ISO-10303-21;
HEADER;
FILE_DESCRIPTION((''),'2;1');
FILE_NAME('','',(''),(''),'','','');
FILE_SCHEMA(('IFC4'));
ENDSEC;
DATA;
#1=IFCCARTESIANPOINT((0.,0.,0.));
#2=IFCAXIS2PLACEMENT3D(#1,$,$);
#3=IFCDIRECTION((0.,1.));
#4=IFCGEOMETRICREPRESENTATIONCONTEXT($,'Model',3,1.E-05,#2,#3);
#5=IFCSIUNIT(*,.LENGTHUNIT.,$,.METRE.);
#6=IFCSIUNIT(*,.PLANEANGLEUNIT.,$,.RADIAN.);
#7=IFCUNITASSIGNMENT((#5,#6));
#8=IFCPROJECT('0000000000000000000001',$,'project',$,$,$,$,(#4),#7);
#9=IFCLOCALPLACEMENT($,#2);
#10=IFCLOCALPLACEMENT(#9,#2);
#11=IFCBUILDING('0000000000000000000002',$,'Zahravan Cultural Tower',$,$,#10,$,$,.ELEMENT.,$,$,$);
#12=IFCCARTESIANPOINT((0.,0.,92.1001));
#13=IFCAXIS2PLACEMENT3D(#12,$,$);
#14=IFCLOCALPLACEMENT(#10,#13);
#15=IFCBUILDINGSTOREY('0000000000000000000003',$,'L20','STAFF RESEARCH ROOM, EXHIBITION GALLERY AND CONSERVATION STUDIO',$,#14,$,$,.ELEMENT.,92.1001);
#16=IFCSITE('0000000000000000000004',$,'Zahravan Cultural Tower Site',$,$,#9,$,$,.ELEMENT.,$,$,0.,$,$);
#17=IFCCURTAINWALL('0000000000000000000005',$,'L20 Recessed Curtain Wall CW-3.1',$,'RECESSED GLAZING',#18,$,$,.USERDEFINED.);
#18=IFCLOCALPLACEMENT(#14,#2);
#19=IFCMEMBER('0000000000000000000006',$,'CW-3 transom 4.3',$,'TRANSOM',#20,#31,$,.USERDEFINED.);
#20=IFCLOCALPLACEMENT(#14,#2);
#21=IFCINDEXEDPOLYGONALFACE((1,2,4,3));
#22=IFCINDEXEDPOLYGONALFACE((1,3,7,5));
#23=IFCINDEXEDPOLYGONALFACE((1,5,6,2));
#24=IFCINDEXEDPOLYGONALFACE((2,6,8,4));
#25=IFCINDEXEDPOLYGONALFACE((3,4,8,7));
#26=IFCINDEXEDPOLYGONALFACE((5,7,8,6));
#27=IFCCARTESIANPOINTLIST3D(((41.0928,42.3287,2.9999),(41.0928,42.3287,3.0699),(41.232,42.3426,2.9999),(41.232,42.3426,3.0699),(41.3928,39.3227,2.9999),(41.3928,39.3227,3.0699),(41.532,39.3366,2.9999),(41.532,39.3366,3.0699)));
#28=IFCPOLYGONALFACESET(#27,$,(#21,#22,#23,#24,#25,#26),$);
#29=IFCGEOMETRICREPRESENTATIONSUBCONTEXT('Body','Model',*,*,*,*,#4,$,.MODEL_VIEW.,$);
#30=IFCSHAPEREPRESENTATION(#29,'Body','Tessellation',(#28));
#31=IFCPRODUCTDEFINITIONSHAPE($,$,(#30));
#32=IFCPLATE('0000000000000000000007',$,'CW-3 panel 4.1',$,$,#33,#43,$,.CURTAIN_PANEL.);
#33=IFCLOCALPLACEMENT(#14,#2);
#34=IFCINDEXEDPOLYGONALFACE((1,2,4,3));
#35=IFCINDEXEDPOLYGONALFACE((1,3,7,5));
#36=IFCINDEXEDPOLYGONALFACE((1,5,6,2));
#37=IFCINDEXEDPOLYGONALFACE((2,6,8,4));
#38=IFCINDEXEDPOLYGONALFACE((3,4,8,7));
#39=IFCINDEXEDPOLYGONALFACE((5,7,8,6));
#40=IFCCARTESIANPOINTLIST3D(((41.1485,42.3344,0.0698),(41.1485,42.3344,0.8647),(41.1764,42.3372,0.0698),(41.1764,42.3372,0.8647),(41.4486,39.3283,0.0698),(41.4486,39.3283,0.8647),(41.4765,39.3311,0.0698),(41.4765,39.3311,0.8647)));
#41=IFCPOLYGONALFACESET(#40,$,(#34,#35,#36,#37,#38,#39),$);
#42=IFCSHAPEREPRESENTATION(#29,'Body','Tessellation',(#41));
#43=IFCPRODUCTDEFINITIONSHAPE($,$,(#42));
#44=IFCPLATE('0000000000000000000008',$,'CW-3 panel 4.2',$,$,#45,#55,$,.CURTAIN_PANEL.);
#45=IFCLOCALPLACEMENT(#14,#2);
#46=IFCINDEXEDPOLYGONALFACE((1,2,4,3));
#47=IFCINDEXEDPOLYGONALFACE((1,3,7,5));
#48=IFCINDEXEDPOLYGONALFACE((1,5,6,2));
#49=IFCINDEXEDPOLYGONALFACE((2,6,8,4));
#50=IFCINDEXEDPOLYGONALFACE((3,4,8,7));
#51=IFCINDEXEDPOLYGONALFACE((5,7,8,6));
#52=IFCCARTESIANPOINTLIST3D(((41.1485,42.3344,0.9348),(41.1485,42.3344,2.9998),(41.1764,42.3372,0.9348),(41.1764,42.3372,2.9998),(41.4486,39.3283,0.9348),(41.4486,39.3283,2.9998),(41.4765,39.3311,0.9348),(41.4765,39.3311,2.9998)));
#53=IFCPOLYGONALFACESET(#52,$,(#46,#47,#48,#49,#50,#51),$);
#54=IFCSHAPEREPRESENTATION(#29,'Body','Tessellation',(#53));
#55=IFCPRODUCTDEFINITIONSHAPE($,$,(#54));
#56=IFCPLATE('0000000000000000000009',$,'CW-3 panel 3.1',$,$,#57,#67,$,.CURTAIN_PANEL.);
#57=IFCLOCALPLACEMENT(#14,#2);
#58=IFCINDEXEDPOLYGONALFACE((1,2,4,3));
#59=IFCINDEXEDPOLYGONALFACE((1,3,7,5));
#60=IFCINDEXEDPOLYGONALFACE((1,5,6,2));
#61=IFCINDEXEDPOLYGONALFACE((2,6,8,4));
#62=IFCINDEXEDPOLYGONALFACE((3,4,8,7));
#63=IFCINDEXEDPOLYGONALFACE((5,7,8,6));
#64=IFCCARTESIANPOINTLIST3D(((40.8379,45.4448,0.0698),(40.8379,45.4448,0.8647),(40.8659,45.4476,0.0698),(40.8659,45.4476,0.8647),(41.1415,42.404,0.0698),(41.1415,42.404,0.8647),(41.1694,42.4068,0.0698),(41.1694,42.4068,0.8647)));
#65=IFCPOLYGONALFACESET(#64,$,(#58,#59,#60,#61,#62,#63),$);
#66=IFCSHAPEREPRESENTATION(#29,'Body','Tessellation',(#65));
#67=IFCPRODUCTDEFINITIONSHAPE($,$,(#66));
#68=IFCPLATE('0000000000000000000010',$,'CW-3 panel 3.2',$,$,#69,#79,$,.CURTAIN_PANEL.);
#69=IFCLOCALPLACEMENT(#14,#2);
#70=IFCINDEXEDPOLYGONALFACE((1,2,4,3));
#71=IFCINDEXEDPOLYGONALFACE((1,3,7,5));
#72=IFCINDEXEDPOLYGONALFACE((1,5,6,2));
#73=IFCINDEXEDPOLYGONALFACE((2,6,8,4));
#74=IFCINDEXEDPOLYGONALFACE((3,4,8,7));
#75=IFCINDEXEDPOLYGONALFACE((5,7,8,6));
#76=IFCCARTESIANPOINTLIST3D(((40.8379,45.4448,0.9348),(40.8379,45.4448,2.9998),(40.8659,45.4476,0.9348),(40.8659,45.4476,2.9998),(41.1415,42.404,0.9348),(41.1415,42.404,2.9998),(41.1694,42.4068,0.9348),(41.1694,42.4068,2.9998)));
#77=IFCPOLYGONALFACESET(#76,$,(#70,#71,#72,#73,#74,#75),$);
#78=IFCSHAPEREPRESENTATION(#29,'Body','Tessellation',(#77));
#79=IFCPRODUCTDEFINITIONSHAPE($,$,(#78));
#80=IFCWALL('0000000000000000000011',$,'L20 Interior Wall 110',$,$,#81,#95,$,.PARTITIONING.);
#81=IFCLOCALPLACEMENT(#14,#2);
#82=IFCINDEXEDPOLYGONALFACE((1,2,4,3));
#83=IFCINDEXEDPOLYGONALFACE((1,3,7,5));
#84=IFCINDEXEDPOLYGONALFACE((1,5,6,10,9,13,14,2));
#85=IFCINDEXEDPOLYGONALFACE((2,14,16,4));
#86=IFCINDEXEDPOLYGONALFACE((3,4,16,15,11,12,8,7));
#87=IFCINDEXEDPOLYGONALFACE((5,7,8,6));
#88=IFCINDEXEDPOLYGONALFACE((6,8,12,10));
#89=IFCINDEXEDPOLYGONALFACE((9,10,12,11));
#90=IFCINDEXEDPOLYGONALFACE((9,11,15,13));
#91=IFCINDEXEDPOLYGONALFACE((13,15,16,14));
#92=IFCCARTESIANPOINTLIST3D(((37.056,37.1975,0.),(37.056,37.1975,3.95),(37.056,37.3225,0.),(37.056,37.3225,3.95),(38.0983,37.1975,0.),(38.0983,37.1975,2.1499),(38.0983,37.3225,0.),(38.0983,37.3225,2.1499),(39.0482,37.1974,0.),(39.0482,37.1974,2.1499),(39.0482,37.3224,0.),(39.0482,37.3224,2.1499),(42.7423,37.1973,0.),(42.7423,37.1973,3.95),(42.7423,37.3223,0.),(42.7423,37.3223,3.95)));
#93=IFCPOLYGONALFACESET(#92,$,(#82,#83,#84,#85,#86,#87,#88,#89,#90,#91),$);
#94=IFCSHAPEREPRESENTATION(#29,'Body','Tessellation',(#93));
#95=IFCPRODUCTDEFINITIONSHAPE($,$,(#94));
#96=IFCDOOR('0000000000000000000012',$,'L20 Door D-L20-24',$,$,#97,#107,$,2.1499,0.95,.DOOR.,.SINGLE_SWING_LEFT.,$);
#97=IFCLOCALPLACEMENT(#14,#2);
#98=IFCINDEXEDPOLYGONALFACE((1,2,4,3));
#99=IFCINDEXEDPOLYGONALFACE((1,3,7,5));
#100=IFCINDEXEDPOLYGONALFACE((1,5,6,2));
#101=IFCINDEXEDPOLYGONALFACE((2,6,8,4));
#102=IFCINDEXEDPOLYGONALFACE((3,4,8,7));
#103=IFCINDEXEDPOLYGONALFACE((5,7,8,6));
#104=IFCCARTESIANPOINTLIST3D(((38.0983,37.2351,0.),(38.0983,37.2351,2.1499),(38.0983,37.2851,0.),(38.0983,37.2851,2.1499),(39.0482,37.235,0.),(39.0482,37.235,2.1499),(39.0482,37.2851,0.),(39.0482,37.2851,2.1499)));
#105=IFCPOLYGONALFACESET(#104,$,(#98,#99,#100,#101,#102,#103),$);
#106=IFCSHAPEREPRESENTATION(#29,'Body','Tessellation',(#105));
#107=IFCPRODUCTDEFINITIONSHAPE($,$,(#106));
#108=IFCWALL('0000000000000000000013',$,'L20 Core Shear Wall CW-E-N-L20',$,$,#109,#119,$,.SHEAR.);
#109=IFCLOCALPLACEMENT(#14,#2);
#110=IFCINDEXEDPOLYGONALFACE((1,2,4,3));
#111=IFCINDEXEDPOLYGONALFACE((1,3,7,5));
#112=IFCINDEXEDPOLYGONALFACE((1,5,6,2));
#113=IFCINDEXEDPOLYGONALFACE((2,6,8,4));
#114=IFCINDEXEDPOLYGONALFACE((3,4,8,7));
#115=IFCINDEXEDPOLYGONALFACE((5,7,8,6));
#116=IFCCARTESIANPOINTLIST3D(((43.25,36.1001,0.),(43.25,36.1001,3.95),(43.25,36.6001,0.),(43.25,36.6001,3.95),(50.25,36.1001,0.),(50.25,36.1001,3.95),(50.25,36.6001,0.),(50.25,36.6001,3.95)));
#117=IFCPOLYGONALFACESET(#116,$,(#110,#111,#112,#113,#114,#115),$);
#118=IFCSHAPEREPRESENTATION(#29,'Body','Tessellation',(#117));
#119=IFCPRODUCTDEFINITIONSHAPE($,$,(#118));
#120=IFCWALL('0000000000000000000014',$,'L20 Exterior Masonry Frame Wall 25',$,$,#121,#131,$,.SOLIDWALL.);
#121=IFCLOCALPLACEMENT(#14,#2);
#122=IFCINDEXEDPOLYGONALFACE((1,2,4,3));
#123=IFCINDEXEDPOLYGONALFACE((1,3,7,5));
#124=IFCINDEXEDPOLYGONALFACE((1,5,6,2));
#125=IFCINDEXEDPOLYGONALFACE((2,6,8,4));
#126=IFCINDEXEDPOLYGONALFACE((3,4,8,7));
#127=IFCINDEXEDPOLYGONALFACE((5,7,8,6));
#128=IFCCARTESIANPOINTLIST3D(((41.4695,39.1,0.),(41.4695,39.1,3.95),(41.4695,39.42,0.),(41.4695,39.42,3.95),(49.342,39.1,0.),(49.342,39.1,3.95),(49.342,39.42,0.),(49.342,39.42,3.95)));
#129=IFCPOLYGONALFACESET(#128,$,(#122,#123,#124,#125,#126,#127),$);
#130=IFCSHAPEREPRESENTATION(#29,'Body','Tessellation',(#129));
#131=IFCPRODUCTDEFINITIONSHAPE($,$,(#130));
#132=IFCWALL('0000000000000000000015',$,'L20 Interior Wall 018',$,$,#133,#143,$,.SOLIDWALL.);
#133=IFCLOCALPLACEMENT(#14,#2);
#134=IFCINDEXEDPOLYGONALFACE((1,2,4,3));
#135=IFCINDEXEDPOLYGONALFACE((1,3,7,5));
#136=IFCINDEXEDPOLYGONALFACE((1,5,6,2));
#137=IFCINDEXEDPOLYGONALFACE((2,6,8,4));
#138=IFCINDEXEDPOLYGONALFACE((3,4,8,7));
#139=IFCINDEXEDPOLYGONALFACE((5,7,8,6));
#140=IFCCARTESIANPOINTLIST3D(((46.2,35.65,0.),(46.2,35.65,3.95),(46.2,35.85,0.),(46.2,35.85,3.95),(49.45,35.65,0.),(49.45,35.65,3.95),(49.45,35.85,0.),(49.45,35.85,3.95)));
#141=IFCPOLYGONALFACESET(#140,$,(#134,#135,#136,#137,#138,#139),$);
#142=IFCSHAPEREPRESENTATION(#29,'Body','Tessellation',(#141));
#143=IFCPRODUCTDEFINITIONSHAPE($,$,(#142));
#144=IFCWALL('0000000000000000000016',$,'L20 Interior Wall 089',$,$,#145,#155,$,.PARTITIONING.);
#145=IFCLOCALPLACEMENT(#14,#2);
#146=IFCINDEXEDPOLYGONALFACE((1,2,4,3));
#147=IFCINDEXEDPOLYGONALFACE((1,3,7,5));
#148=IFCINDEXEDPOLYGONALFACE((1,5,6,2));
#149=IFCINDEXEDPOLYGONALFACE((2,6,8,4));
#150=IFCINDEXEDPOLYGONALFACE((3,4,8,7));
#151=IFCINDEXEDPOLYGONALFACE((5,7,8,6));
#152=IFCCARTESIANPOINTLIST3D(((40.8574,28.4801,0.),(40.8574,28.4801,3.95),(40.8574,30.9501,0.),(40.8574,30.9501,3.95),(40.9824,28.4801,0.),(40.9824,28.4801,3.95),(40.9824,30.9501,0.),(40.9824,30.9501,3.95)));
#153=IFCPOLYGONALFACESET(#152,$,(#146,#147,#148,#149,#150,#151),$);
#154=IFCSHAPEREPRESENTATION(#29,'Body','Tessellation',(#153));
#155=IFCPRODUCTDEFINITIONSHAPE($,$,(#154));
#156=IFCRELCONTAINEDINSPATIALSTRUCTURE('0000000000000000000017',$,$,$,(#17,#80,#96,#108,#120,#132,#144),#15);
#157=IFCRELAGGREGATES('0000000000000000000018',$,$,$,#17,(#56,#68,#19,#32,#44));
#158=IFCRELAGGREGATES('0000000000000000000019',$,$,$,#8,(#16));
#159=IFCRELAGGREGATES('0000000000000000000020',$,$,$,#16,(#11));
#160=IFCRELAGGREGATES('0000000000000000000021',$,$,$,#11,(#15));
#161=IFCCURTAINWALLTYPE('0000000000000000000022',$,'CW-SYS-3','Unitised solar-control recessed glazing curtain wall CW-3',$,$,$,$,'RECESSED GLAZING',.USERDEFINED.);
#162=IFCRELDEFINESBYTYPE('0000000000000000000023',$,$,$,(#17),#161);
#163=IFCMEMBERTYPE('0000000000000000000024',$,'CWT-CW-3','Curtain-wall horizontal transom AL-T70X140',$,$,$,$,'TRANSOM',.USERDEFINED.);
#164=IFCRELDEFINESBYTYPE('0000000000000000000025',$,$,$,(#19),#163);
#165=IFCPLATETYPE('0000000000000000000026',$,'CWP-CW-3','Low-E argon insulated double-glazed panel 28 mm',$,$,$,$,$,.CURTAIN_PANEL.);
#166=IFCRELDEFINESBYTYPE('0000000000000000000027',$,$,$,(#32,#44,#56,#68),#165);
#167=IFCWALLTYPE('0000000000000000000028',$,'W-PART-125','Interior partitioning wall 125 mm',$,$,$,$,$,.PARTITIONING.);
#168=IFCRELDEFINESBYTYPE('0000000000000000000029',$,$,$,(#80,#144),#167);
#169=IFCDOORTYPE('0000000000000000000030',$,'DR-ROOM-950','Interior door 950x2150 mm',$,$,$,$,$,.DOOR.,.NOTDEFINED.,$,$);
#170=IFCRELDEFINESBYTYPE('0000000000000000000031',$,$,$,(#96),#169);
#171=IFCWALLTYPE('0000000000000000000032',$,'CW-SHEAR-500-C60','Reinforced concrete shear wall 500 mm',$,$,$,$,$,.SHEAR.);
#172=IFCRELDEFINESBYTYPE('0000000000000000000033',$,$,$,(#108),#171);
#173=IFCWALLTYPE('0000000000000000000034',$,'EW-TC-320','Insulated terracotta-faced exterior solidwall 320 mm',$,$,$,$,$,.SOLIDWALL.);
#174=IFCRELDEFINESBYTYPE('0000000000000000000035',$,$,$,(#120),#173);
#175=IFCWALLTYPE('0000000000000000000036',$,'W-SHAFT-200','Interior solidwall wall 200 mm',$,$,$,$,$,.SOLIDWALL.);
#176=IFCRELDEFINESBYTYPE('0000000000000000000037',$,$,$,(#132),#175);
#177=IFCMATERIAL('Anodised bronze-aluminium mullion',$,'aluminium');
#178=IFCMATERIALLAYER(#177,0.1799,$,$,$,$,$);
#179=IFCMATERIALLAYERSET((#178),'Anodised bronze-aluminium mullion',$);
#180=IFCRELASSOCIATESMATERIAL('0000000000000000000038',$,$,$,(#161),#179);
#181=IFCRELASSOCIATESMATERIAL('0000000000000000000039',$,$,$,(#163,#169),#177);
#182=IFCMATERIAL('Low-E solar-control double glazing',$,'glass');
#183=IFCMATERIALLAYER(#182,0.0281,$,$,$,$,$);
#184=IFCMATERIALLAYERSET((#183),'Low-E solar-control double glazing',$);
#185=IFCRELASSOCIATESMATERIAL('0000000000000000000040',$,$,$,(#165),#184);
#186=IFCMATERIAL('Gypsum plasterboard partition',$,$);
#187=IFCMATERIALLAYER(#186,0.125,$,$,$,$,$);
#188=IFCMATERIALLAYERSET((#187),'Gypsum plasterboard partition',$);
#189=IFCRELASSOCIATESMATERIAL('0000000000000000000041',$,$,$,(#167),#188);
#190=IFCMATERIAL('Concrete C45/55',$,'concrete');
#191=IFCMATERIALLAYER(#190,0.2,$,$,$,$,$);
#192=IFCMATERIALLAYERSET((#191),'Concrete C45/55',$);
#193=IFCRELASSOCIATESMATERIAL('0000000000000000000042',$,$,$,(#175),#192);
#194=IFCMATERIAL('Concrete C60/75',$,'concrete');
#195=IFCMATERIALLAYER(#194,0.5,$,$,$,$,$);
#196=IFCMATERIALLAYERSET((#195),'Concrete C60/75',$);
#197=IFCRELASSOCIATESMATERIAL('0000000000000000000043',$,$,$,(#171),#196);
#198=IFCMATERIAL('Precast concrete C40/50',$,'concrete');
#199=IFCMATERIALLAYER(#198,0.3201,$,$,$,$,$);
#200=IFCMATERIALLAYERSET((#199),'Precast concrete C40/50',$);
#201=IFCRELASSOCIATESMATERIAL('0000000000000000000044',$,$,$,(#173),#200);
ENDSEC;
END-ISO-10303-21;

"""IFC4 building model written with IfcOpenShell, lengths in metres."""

from ifc_helpers import new_model, si_unit, direction, frame, frame_2d, origin, origin_2d, place, context, subcontext, project, spatial, rectangle, extrude, source, transform, mapped, material, layer, layer_set, material_profile, profile_set, type_object, element, fill, aggregate, save


model = new_model("IFC4")

# Units and contexts
model_context = context("Model", 3, precision=1e-05, world=origin(), true_north=direction((0.0, 1.0)))
body_context = subcontext(model_context, "Body", "Model", "MODEL_VIEW")
ifc_project = project(units=[si_unit("LENGTHUNIT", "METRE"), si_unit("PLANEANGLEUNIT", "RADIAN")], contexts=[model_context])

# Site, building, storey
site_placement = place(None, origin())
site = spatial("IfcSite", under=ifc_project, at=site_placement, Name="Zahravan Cultural Tower Site", CompositionType="ELEMENT", RefElevation=0.0)
building_placement = place(site_placement, origin())
building = spatial("IfcBuilding", under=site, at=building_placement, Name="Zahravan Cultural Tower", CompositionType="ELEMENT")
storey_placement = place(building_placement, frame((0.0, 0.0, 92.1001)))
storey = spatial("IfcBuildingStorey", under=building, at=storey_placement, Name="L20", Description="STAFF RESEARCH ROOM, EXHIBITION GALLERY AND CONSERVATION STUDIO", CompositionType="ELEMENT", Elevation=92.1001)

# Shared definitions
ifc_material_1 = material(Name="Concrete C60/75", Category="concrete")

# Curtain wall, member, plates
ifc_material_2 = material(Name="Anodised bronze-aluminium mullion", Category="aluminium")
ifc_layer_1 = layer(ifc_material_2, 0.1799)
ifc_layer_set_1 = layer_set([ifc_layer_1], Name="Anodised bronze-aluminium mullion")
curtain_wall_type = type_object("IfcCurtainWallType", Name="CW-SYS-3", Description="Unitised solar-control recessed glazing curtain wall CW-3", ElementType="RECESSED GLAZING", PredefinedType="USERDEFINED", material=ifc_layer_set_1)
curtain_wall_placement = place(storey_placement, origin())
curtain_wall = element("IfcCurtainWall", 1, at=curtain_wall_placement, inside=storey, type_object=curtain_wall_type, Name="L20 Recessed Curtain Wall CW-3.1", ObjectType="RECESSED GLAZING", PredefinedType="USERDEFINED")
ifc_material_profile_1 = material_profile(ifc_material_2, rectangle(XDim=0.1399, YDim=0.0701, at=origin_2d()), Name="AL-T70X140")
ifc_profile_set_1 = profile_set([ifc_material_profile_1], Name="Anodised bronze-aluminium mullion")
member_type_1 = type_object("IfcMemberType", Name="CWT-CW-3", Description="Curtain-wall horizontal transom AL-T70X140", ElementType="TRANSOM", PredefinedType="USERDEFINED", material=ifc_profile_set_1)
shared_shape_1 = source(origin(), body_context, "Body", "SweptSolid", [
    extrude(rectangle(XDim=0.1399, YDim=0.0701, at=origin_2d()), origin(), (0.0, 0.0, 1.0), 3.021),
])
member_1_placement = place(storey_placement, frame((41.1624, 42.3357, 3.0349), z_axis=(0.09932, -0.995056, 0.0), x_axis=(0.995056, 0.09932, 0.0)))
member_1 = element("IfcMember", 2, at=member_1_placement, type_object=member_type_1, Name="CW-3 transom 4.3", ObjectType="TRANSOM", PredefinedType="USERDEFINED", context=body_context, shape_type="MappedRepresentation", body=[
    mapped(shared_shape_1, transform((0.0, 0.0, 0.0), x_axis=(1.0, 0.0, 0.0), y_axis=(0.0, 1.0, 0.0), z_axis=(0.0, 0.0, 1.0), scale=1.0)),
])
ifc_material_3 = material(Name="Low-E solar-control double glazing", Category="glass")
ifc_layer_2 = layer(ifc_material_3, 0.0281)
ifc_layer_set_2 = layer_set([ifc_layer_2], Name="Low-E solar-control double glazing")
plate_type = type_object("IfcPlateType", Name="CWP-CW-3", Description="Low-E argon insulated double-glazed panel 28 mm", PredefinedType="CURTAIN_PANEL", material=ifc_layer_set_2)
shared_shape_2 = source(origin(), body_context, "Body", "SweptSolid", [
    extrude(rectangle(XDim=3.021, YDim=0.0281, at=origin_2d()), origin(), (0.0, 0.0, 1.0), 0.7949),
])
plate_1_placement = place(storey_placement, frame((41.3125, 40.8328, 0.0698), z_axis=(0.0, 0.0, 1.0), x_axis=(0.099322, -0.995055, 0.0)))
plate_1 = element("IfcPlate", 3, at=plate_1_placement, type_object=plate_type, Name="CW-3 panel 4.1", PredefinedType="CURTAIN_PANEL", context=body_context, shape_type="MappedRepresentation", body=[
    mapped(shared_shape_2, transform((0.0, 0.0, 0.0), x_axis=(1.0, 0.0, 0.0), y_axis=(0.0, 1.0, 0.0), z_axis=(0.0, 0.0, 1.0), scale=1.0)),
])
shared_shape_3 = source(origin(), body_context, "Body", "SweptSolid", [
    extrude(rectangle(XDim=3.021, YDim=0.0281, at=origin_2d()), origin(), (0.0, 0.0, 1.0), 2.0649),
])
plate_2_placement = place(storey_placement, frame((41.3125, 40.8328, 0.9348), z_axis=(0.0, 0.0, 1.0), x_axis=(0.099322, -0.995055, 0.0)))
plate_2 = element("IfcPlate", 4, at=plate_2_placement, type_object=plate_type, Name="CW-3 panel 4.2", PredefinedType="CURTAIN_PANEL", context=body_context, shape_type="MappedRepresentation", body=[
    mapped(shared_shape_3, transform((0.0, 0.0, 0.0), x_axis=(1.0, 0.0, 0.0), y_axis=(0.0, 1.0, 0.0), z_axis=(0.0, 0.0, 1.0), scale=1.0)),
])
shared_shape_4 = source(origin(), body_context, "Body", "SweptSolid", [
    extrude(rectangle(XDim=3.0559, YDim=0.0281, at=origin_2d()), origin(), (0.0, 0.0, 1.0), 0.7949),
])
plate_3_placement = place(storey_placement, frame((41.0037, 43.9258, 0.0698), z_axis=(0.0, 0.0, 1.0), x_axis=(0.099322, -0.995055, 0.0)))
plate_3 = element("IfcPlate", 5, at=plate_3_placement, type_object=plate_type, Name="CW-3 panel 3.1", PredefinedType="CURTAIN_PANEL", context=body_context, shape_type="MappedRepresentation", body=[
    mapped(shared_shape_4, transform((0.0, 0.0, 0.0), x_axis=(1.0, 0.0, 0.0), y_axis=(0.0, 1.0, 0.0), z_axis=(0.0, 0.0, 1.0), scale=1.0)),
])
shared_shape_5 = source(origin(), body_context, "Body", "SweptSolid", [
    extrude(rectangle(XDim=3.0559, YDim=0.0281, at=origin_2d()), origin(), (0.0, 0.0, 1.0), 2.0649),
])
plate_4_placement = place(storey_placement, frame((41.0037, 43.9258, 0.9348), z_axis=(0.0, 0.0, 1.0), x_axis=(0.099322, -0.995055, 0.0)))
plate_4 = element("IfcPlate", 6, at=plate_4_placement, type_object=plate_type, Name="CW-3 panel 3.2", PredefinedType="CURTAIN_PANEL", context=body_context, shape_type="MappedRepresentation", body=[
    mapped(shared_shape_5, transform((0.0, 0.0, 0.0), x_axis=(1.0, 0.0, 0.0), y_axis=(0.0, 1.0, 0.0), z_axis=(0.0, 0.0, 1.0), scale=1.0)),
])
aggregate(curtain_wall, [plate_3, plate_4, member_1, plate_1, plate_2])

# Wall, opening, door
ifc_material_4 = material(Name="Gypsum plasterboard partition")
ifc_layer_3 = layer(ifc_material_4, 0.125)
ifc_layer_set_3 = layer_set([ifc_layer_3], Name="Gypsum plasterboard partition")
wall_type_1 = type_object("IfcWallType", Name="W-PART-125", Description="Interior partitioning wall 125 mm", PredefinedType="PARTITIONING", material=ifc_layer_set_3)
door_type_1 = type_object("IfcDoorType", Name="DR-ROOM-950", Description="Interior door 950x2150 mm", OperationType="NOTDEFINED", PredefinedType="DOOR", material=ifc_material_2)
shared_shape_6 = source(origin(), body_context, "Body", "SweptSolid", [
    extrude(rectangle(XDim=0.95, YDim=2.1499, at=frame_2d((0.4751, 1.075))), frame((0.0, 0.0249, 0.0), z_axis=(0.0, -1.0, 0.0), x_axis=(1.0, 0.0, 0.0)), (0.0, 0.0, 1.0), 0.05),
])
wall_1_placement = place(storey_placement, frame((42.7424, 37.2598, 0.0), z_axis=(0.0, 0.0, 1.0), x_axis=(-1.0, 0.000043, 0.0)))
wall_1 = element("IfcWall", 7, at=wall_1_placement, inside=storey, type_object=wall_type_1, Name="L20 Interior Wall 110", PredefinedType="PARTITIONING", context=body_context, shape_type="SweptSolid", body=[
    extrude(rectangle(XDim=5.6863, YDim=0.125, at=frame_2d((2.8433, 0.0))), origin(), (0.0, 0.0, 1.0), 3.95),
])
opening_1_placement = place(wall_1_placement, frame((3.6941, 0.0, 0.0)))
opening_1 = element("IfcOpeningElement", 8, at=opening_1_placement, cuts=wall_1, PredefinedType="OPENING", context=body_context, shape_type="SweptSolid", body=[
    extrude(rectangle(XDim=0.95, YDim=2.1499, at=frame_2d((0.4751, 1.075))), frame((0.0, 0.0725, 0.0), z_axis=(0.0, -1.0, 0.0), x_axis=(1.0, 0.0, 0.0)), (0.0, 0.0, 1.0), 0.145),
])
door_1_placement = place(opening_1_placement, origin())
door_1 = element("IfcDoor", 9, at=door_1_placement, inside=storey, type_object=door_type_1, Name="L20 Door D-L20-24", OperationType="SINGLE_SWING_LEFT", OverallHeight=2.1499, OverallWidth=0.95, PredefinedType="DOOR", context=body_context, shape_type="MappedRepresentation", body=[
    mapped(shared_shape_6, transform((0.0, 0.0, 0.0), x_axis=(1.0, 0.0, 0.0), y_axis=(0.0, 1.0, 0.0), z_axis=(0.0, 0.0, 1.0), scale=1.0)),
])
fill(opening_1, door_1)
ifc_material_5 = material(Name="Concrete C45/55", Category="concrete")
ifc_layer_4 = layer(ifc_material_5, 0.2)
ifc_layer_set_4 = layer_set([ifc_layer_4], Name="Concrete C45/55")
wall_type_2 = type_object("IfcWallType", Name="W-SHAFT-200", Description="Interior solidwall wall 200 mm", PredefinedType="SOLIDWALL", material=ifc_layer_set_4)

# Walls
ifc_layer_5 = layer(ifc_material_1, 0.5)
ifc_layer_set_5 = layer_set([ifc_layer_5], Name="Concrete C60/75")
wall_type_3 = type_object("IfcWallType", Name="CW-SHEAR-500-C60", Description="Reinforced concrete shear wall 500 mm", PredefinedType="SHEAR", material=ifc_layer_set_5)
shared_shape_7 = source(origin(), body_context, "Body", "SweptSolid", [
    extrude(rectangle(XDim=7.0, YDim=0.5, at=frame_2d((3.5, 0.0))), origin(), (0.0, 0.0, 1.0), 3.95),
])
wall_2_placement = place(storey_placement, frame((43.25, 36.3501, 0.0), z_axis=(0.0, 0.0, 1.0), x_axis=(1.0, 0.0, 0.0)))
element("IfcWall", 10, at=wall_2_placement, inside=storey, type_object=wall_type_3, Name="L20 Core Shear Wall CW-E-N-L20", PredefinedType="SHEAR", context=body_context, shape_type="MappedRepresentation", body=[
    mapped(shared_shape_7, transform((0.0, 0.0, 0.0), x_axis=(1.0, 0.0, 0.0), y_axis=(0.0, 1.0, 0.0), z_axis=(0.0, 0.0, 1.0), scale=1.0)),
])
ifc_material_6 = material(Name="Precast concrete C40/50", Category="concrete")
ifc_layer_6 = layer(ifc_material_6, 0.3201)
ifc_layer_set_6 = layer_set([ifc_layer_6], Name="Precast concrete C40/50")
wall_type_4 = type_object("IfcWallType", Name="EW-TC-320", Description="Insulated terracotta-faced exterior solidwall 320 mm", PredefinedType="SOLIDWALL", material=ifc_layer_set_6)
shared_shape_8 = source(origin(), body_context, "Body", "SweptSolid", [
    extrude(rectangle(XDim=7.8726, YDim=0.3201, at=frame_2d((3.9363, 0.0))), origin(), (0.0, 0.0, 1.0), 3.95),
])
wall_3_placement = place(storey_placement, frame((41.4695, 39.26, 0.0), z_axis=(0.0, 0.0, 1.0), x_axis=(1.0, 0.0, 0.0)))
element("IfcWall", 11, at=wall_3_placement, inside=storey, type_object=wall_type_4, Name="L20 Exterior Masonry Frame Wall 25", PredefinedType="SOLIDWALL", context=body_context, shape_type="MappedRepresentation", body=[
    mapped(shared_shape_8, transform((0.0, 0.0, 0.0), x_axis=(1.0, 0.0, 0.0), y_axis=(0.0, 1.0, 0.0), z_axis=(0.0, 0.0, 1.0), scale=1.0)),
])
shared_shape_9 = source(origin(), body_context, "Body", "SweptSolid", [
    extrude(rectangle(XDim=3.25, YDim=0.2, at=frame_2d((1.625, 0.0))), origin(), (0.0, 0.0, 1.0), 3.95),
])
wall_4_placement = place(storey_placement, frame((46.2, 35.75, 0.0), z_axis=(0.0, 0.0, 1.0), x_axis=(1.0, 0.0, 0.0)))
element("IfcWall", 12, at=wall_4_placement, inside=storey, type_object=wall_type_2, Name="L20 Interior Wall 018", PredefinedType="SOLIDWALL", context=body_context, shape_type="MappedRepresentation", body=[
    mapped(shared_shape_9, transform((0.0, 0.0, 0.0), x_axis=(1.0, 0.0, 0.0), y_axis=(0.0, 1.0, 0.0), z_axis=(0.0, 0.0, 1.0), scale=1.0)),
])
shared_shape_10 = source(origin(), body_context, "Body", "SweptSolid", [
    extrude(rectangle(XDim=2.47, YDim=0.125, at=frame_2d((1.2349, 0.0))), origin(), (0.0, 0.0, 1.0), 3.95),
])
wall_5_placement = place(storey_placement, frame((40.9199, 30.95, 0.0), z_axis=(0.0, 0.0, 1.0), x_axis=(0.0, -1.0, 0.0)))
element("IfcWall", 13, at=wall_5_placement, inside=storey, type_object=wall_type_1, Name="L20 Interior Wall 089", PredefinedType="PARTITIONING", context=body_context, shape_type="MappedRepresentation", body=[
    mapped(shared_shape_10, transform((0.0, 0.0, 0.0), x_axis=(1.0, 0.0, 0.0), y_axis=(0.0, 1.0, 0.0), z_axis=(0.0, 0.0, 1.0), scale=1.0)),
])

save(model, "model.ifc")
